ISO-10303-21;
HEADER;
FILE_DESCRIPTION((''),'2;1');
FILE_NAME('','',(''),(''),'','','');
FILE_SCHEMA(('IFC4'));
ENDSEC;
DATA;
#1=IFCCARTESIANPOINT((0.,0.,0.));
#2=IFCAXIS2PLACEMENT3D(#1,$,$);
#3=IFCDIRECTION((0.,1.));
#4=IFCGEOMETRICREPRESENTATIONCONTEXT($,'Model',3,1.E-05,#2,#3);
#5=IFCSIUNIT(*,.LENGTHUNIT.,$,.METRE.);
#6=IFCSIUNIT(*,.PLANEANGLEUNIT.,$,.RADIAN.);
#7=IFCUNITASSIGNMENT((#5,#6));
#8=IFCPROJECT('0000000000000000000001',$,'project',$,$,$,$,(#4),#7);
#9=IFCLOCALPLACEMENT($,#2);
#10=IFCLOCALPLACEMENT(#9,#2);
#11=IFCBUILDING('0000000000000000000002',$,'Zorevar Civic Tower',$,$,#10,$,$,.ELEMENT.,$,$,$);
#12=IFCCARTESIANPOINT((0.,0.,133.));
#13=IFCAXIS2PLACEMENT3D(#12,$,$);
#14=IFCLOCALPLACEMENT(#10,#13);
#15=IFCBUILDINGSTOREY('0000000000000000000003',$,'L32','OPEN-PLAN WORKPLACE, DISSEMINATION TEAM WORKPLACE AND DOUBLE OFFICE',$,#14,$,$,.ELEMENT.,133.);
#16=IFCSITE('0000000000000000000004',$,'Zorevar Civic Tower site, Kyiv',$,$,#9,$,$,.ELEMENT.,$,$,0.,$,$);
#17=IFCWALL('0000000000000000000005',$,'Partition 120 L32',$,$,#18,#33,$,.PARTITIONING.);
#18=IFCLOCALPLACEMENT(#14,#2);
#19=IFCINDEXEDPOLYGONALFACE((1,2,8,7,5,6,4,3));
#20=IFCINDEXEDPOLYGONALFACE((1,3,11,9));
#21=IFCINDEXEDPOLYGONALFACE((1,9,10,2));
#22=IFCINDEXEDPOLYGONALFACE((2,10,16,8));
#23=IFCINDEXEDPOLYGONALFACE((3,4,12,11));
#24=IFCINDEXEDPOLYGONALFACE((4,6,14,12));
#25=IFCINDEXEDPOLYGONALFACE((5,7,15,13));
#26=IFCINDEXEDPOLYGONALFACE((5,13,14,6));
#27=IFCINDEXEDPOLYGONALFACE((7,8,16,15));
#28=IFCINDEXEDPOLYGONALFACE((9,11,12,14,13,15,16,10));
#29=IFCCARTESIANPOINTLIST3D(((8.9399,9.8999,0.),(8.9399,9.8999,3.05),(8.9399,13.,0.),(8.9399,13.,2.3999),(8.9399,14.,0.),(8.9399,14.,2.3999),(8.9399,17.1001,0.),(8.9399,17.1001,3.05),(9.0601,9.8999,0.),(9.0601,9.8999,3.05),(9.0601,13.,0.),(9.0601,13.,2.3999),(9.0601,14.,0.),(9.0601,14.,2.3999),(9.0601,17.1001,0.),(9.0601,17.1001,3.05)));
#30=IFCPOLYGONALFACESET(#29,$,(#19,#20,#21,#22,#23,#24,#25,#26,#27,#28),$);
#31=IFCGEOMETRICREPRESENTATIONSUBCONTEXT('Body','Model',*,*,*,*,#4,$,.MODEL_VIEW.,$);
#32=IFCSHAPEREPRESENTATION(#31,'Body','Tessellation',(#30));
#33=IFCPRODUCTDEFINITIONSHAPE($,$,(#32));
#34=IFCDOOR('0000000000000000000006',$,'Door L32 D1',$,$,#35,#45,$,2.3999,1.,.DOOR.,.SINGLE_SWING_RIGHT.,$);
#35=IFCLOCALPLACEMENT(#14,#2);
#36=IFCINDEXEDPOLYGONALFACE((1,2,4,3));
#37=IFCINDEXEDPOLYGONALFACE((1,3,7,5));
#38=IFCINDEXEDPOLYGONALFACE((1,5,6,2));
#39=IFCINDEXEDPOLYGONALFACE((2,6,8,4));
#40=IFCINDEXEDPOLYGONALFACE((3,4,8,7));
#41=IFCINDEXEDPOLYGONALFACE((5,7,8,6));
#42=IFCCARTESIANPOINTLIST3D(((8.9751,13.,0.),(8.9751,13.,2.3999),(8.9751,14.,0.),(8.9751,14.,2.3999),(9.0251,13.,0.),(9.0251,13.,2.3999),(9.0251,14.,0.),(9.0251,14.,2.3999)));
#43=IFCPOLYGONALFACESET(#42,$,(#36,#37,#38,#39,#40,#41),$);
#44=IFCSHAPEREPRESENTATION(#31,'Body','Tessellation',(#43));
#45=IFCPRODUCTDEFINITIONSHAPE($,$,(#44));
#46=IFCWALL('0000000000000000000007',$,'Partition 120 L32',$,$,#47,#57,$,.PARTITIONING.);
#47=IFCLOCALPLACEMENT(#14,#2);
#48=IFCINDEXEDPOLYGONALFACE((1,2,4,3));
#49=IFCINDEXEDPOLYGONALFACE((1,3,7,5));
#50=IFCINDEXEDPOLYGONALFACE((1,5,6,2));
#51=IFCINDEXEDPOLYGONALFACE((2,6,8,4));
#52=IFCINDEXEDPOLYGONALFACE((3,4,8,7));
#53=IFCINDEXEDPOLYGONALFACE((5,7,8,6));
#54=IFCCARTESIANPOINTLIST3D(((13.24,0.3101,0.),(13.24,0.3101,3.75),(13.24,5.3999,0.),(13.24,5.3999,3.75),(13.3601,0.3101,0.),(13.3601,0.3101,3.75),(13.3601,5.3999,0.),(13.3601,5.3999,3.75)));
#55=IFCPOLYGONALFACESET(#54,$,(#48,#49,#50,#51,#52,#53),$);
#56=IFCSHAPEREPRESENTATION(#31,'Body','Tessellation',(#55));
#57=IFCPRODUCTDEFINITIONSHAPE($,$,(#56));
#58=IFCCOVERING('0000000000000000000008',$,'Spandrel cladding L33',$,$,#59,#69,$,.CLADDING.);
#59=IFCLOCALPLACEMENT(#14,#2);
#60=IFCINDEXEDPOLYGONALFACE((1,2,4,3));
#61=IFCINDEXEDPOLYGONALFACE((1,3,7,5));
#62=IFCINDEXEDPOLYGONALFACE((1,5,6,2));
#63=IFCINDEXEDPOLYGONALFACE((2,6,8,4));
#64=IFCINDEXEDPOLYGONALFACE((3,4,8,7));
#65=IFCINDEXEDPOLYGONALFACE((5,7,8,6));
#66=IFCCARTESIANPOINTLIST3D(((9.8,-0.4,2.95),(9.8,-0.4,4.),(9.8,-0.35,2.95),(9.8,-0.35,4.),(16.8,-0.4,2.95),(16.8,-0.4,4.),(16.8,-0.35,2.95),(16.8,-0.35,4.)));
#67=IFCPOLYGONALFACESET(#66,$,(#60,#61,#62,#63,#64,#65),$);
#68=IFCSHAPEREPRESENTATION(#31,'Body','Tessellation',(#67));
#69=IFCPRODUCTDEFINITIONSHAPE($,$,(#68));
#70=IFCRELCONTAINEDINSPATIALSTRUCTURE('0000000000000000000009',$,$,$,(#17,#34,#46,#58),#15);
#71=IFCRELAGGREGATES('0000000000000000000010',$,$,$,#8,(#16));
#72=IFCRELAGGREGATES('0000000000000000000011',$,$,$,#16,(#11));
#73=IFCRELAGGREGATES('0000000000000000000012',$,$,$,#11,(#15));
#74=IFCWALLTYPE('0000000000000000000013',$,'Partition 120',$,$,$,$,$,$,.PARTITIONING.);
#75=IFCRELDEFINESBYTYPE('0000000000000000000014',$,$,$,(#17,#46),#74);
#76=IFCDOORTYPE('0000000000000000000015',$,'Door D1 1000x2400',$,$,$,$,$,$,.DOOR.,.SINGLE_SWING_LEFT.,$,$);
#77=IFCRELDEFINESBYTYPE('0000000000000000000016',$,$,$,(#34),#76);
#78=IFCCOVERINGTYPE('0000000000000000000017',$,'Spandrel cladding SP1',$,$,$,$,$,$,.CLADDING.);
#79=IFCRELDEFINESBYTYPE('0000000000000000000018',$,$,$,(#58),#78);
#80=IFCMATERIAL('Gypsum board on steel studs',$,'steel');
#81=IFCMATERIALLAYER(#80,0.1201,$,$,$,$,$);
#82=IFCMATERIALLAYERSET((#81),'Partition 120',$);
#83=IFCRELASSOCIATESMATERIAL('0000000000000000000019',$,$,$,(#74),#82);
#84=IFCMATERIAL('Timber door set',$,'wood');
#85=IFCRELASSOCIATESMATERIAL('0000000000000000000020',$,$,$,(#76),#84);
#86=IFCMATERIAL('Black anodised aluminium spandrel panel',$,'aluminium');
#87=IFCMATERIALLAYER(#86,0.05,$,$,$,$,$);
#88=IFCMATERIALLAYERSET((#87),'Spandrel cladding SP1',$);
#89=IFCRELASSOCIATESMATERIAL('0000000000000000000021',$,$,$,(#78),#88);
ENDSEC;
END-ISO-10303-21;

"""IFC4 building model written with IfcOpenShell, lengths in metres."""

from ifc_helpers import new_model, si_unit, direction, frame, frame_2d, origin, place, context, subcontext, project, spatial, rectangle, extrude, material, layer, layer_set, type_object, element, fill, save


model = new_model("IFC4")

# Units and contexts
model_context = context("Model", 3, precision=1e-05, world=origin(), true_north=direction((0.0, 1.0)))
body_context = subcontext(model_context, "Body", "Model", "MODEL_VIEW")
ifc_project = project(units=[si_unit("LENGTHUNIT", "METRE"), si_unit("PLANEANGLEUNIT", "RADIAN")], contexts=[model_context])

# Site, building, storey
site_placement = place(None, origin())
site = spatial("IfcSite", under=ifc_project, at=site_placement, Name="Zorevar Civic Tower site, Kyiv", CompositionType="ELEMENT", RefElevation=0.0)
building_placement = place(site_placement, origin())
building = spatial("IfcBuilding", under=site, at=building_placement, Name="Zorevar Civic Tower", CompositionType="ELEMENT")
storey_placement = place(building_placement, frame((0.0, 0.0, 133.0)))
storey = spatial("IfcBuildingStorey", under=building, at=storey_placement, Name="L32", Description="OPEN-PLAN WORKPLACE, DISSEMINATION TEAM WORKPLACE AND DOUBLE OFFICE", CompositionType="ELEMENT", Elevation=133.0)

# Shared definitions
ifc_material_1 = material(Name="Gypsum board on steel studs", Category="steel")
ifc_layer_1 = layer(ifc_material_1, 0.1201)
ifc_layer_set_1 = layer_set([ifc_layer_1], Name="Partition 120")
wall_type = type_object("IfcWallType", Name="Partition 120", PredefinedType="PARTITIONING", material=ifc_layer_set_1)
ifc_material_2 = material(Name="Timber door set", Category="wood")
door_type = type_object("IfcDoorType", Name="Door D1 1000x2400", OperationType="SINGLE_SWING_LEFT", PredefinedType="DOOR", material=ifc_material_2)

# Wall, opening, door
wall_1_placement = place(storey_placement, frame((9.0, 9.8999, 0.0), z_axis=(0.0, 0.0, 1.0), x_axis=(0.0, 1.0, 0.0)))
wall_1 = element("IfcWall", 1, at=wall_1_placement, inside=storey, type_object=wall_type, Name="Partition 120 L32", PredefinedType="PARTITIONING", context=body_context, shape_type="SweptSolid", body=[
    extrude(rectangle(XDim=7.2002, YDim=0.1201, at=frame_2d((3.6001, 0.0))), origin(), (0.0, 0.0, 1.0), 3.05),
])
opening_1_placement = place(wall_1_placement, frame((3.1001, 0.0, 0.0)))
opening_1 = element("IfcOpeningElement", 2, at=opening_1_placement, cuts=wall_1, PredefinedType="OPENING", context=body_context, shape_type="SweptSolid", body=[
    extrude(rectangle(XDim=1.0, YDim=2.3999, at=frame_2d((0.5, 1.2))), frame((0.0, 0.0701, 0.0), z_axis=(0.0, -1.0, 0.0), x_axis=(1.0, 0.0, 0.0)), (0.0, 0.0, 1.0), 0.1401),
])
door_1_placement = place(opening_1_placement, origin())
door_1 = element("IfcDoor", 3, at=door_1_placement, inside=storey, type_object=door_type, Name="Door L32 D1", OperationType="SINGLE_SWING_RIGHT", OverallHeight=2.3999, OverallWidth=1.0, PredefinedType="DOOR", context=body_context, shape_type="SweptSolid", body=[
    extrude(rectangle(XDim=1.0, YDim=2.3999, at=frame_2d((0.5, 1.2))), frame((0.0, 0.0249, 0.0), z_axis=(0.0, -1.0, 0.0), x_axis=(1.0, 0.0, 0.0)), (0.0, 0.0, 1.0), 0.05),
])
fill(opening_1, door_1)

# Wall
wall_2_placement = place(storey_placement, frame((13.3, 0.3101, 0.0), z_axis=(0.0, 0.0, 1.0), x_axis=(0.0, 1.0, 0.0)))
element("IfcWall", 4, at=wall_2_placement, inside=storey, type_object=wall_type, Name="Partition 120 L32", PredefinedType="PARTITIONING", context=body_context, shape_type="SweptSolid", body=[
    extrude(rectangle(XDim=5.0898, YDim=0.1201, at=frame_2d((2.5449, 0.0))), origin(), (0.0, 0.0, 1.0), 3.75),
])

# Covering
ifc_material_3 = material(Name="Black anodised aluminium spandrel panel", Category="aluminium")
ifc_layer_2 = layer(ifc_material_3, 0.05)
ifc_layer_set_2 = layer_set([ifc_layer_2], Name="Spandrel cladding SP1")
covering_type = type_object("IfcCoveringType", Name="Spandrel cladding SP1", PredefinedType="CLADDING", material=ifc_layer_set_2)
covering_placement = place(storey_placement, frame((9.8, -0.375, 2.95), z_axis=(0.0, 0.0, 1.0), x_axis=(1.0, 0.0, 0.0)))
element("IfcCovering", 5, at=covering_placement, inside=storey, type_object=covering_type, Name="Spandrel cladding L33", PredefinedType="CLADDING", context=body_context, shape_type="SweptSolid", body=[
    extrude(rectangle(XDim=7.0, YDim=0.05, at=frame_2d((3.5, 0.0))), origin(), (0.0, 0.0, 1.0), 1.05),
])

save(model, "model.ifc")
